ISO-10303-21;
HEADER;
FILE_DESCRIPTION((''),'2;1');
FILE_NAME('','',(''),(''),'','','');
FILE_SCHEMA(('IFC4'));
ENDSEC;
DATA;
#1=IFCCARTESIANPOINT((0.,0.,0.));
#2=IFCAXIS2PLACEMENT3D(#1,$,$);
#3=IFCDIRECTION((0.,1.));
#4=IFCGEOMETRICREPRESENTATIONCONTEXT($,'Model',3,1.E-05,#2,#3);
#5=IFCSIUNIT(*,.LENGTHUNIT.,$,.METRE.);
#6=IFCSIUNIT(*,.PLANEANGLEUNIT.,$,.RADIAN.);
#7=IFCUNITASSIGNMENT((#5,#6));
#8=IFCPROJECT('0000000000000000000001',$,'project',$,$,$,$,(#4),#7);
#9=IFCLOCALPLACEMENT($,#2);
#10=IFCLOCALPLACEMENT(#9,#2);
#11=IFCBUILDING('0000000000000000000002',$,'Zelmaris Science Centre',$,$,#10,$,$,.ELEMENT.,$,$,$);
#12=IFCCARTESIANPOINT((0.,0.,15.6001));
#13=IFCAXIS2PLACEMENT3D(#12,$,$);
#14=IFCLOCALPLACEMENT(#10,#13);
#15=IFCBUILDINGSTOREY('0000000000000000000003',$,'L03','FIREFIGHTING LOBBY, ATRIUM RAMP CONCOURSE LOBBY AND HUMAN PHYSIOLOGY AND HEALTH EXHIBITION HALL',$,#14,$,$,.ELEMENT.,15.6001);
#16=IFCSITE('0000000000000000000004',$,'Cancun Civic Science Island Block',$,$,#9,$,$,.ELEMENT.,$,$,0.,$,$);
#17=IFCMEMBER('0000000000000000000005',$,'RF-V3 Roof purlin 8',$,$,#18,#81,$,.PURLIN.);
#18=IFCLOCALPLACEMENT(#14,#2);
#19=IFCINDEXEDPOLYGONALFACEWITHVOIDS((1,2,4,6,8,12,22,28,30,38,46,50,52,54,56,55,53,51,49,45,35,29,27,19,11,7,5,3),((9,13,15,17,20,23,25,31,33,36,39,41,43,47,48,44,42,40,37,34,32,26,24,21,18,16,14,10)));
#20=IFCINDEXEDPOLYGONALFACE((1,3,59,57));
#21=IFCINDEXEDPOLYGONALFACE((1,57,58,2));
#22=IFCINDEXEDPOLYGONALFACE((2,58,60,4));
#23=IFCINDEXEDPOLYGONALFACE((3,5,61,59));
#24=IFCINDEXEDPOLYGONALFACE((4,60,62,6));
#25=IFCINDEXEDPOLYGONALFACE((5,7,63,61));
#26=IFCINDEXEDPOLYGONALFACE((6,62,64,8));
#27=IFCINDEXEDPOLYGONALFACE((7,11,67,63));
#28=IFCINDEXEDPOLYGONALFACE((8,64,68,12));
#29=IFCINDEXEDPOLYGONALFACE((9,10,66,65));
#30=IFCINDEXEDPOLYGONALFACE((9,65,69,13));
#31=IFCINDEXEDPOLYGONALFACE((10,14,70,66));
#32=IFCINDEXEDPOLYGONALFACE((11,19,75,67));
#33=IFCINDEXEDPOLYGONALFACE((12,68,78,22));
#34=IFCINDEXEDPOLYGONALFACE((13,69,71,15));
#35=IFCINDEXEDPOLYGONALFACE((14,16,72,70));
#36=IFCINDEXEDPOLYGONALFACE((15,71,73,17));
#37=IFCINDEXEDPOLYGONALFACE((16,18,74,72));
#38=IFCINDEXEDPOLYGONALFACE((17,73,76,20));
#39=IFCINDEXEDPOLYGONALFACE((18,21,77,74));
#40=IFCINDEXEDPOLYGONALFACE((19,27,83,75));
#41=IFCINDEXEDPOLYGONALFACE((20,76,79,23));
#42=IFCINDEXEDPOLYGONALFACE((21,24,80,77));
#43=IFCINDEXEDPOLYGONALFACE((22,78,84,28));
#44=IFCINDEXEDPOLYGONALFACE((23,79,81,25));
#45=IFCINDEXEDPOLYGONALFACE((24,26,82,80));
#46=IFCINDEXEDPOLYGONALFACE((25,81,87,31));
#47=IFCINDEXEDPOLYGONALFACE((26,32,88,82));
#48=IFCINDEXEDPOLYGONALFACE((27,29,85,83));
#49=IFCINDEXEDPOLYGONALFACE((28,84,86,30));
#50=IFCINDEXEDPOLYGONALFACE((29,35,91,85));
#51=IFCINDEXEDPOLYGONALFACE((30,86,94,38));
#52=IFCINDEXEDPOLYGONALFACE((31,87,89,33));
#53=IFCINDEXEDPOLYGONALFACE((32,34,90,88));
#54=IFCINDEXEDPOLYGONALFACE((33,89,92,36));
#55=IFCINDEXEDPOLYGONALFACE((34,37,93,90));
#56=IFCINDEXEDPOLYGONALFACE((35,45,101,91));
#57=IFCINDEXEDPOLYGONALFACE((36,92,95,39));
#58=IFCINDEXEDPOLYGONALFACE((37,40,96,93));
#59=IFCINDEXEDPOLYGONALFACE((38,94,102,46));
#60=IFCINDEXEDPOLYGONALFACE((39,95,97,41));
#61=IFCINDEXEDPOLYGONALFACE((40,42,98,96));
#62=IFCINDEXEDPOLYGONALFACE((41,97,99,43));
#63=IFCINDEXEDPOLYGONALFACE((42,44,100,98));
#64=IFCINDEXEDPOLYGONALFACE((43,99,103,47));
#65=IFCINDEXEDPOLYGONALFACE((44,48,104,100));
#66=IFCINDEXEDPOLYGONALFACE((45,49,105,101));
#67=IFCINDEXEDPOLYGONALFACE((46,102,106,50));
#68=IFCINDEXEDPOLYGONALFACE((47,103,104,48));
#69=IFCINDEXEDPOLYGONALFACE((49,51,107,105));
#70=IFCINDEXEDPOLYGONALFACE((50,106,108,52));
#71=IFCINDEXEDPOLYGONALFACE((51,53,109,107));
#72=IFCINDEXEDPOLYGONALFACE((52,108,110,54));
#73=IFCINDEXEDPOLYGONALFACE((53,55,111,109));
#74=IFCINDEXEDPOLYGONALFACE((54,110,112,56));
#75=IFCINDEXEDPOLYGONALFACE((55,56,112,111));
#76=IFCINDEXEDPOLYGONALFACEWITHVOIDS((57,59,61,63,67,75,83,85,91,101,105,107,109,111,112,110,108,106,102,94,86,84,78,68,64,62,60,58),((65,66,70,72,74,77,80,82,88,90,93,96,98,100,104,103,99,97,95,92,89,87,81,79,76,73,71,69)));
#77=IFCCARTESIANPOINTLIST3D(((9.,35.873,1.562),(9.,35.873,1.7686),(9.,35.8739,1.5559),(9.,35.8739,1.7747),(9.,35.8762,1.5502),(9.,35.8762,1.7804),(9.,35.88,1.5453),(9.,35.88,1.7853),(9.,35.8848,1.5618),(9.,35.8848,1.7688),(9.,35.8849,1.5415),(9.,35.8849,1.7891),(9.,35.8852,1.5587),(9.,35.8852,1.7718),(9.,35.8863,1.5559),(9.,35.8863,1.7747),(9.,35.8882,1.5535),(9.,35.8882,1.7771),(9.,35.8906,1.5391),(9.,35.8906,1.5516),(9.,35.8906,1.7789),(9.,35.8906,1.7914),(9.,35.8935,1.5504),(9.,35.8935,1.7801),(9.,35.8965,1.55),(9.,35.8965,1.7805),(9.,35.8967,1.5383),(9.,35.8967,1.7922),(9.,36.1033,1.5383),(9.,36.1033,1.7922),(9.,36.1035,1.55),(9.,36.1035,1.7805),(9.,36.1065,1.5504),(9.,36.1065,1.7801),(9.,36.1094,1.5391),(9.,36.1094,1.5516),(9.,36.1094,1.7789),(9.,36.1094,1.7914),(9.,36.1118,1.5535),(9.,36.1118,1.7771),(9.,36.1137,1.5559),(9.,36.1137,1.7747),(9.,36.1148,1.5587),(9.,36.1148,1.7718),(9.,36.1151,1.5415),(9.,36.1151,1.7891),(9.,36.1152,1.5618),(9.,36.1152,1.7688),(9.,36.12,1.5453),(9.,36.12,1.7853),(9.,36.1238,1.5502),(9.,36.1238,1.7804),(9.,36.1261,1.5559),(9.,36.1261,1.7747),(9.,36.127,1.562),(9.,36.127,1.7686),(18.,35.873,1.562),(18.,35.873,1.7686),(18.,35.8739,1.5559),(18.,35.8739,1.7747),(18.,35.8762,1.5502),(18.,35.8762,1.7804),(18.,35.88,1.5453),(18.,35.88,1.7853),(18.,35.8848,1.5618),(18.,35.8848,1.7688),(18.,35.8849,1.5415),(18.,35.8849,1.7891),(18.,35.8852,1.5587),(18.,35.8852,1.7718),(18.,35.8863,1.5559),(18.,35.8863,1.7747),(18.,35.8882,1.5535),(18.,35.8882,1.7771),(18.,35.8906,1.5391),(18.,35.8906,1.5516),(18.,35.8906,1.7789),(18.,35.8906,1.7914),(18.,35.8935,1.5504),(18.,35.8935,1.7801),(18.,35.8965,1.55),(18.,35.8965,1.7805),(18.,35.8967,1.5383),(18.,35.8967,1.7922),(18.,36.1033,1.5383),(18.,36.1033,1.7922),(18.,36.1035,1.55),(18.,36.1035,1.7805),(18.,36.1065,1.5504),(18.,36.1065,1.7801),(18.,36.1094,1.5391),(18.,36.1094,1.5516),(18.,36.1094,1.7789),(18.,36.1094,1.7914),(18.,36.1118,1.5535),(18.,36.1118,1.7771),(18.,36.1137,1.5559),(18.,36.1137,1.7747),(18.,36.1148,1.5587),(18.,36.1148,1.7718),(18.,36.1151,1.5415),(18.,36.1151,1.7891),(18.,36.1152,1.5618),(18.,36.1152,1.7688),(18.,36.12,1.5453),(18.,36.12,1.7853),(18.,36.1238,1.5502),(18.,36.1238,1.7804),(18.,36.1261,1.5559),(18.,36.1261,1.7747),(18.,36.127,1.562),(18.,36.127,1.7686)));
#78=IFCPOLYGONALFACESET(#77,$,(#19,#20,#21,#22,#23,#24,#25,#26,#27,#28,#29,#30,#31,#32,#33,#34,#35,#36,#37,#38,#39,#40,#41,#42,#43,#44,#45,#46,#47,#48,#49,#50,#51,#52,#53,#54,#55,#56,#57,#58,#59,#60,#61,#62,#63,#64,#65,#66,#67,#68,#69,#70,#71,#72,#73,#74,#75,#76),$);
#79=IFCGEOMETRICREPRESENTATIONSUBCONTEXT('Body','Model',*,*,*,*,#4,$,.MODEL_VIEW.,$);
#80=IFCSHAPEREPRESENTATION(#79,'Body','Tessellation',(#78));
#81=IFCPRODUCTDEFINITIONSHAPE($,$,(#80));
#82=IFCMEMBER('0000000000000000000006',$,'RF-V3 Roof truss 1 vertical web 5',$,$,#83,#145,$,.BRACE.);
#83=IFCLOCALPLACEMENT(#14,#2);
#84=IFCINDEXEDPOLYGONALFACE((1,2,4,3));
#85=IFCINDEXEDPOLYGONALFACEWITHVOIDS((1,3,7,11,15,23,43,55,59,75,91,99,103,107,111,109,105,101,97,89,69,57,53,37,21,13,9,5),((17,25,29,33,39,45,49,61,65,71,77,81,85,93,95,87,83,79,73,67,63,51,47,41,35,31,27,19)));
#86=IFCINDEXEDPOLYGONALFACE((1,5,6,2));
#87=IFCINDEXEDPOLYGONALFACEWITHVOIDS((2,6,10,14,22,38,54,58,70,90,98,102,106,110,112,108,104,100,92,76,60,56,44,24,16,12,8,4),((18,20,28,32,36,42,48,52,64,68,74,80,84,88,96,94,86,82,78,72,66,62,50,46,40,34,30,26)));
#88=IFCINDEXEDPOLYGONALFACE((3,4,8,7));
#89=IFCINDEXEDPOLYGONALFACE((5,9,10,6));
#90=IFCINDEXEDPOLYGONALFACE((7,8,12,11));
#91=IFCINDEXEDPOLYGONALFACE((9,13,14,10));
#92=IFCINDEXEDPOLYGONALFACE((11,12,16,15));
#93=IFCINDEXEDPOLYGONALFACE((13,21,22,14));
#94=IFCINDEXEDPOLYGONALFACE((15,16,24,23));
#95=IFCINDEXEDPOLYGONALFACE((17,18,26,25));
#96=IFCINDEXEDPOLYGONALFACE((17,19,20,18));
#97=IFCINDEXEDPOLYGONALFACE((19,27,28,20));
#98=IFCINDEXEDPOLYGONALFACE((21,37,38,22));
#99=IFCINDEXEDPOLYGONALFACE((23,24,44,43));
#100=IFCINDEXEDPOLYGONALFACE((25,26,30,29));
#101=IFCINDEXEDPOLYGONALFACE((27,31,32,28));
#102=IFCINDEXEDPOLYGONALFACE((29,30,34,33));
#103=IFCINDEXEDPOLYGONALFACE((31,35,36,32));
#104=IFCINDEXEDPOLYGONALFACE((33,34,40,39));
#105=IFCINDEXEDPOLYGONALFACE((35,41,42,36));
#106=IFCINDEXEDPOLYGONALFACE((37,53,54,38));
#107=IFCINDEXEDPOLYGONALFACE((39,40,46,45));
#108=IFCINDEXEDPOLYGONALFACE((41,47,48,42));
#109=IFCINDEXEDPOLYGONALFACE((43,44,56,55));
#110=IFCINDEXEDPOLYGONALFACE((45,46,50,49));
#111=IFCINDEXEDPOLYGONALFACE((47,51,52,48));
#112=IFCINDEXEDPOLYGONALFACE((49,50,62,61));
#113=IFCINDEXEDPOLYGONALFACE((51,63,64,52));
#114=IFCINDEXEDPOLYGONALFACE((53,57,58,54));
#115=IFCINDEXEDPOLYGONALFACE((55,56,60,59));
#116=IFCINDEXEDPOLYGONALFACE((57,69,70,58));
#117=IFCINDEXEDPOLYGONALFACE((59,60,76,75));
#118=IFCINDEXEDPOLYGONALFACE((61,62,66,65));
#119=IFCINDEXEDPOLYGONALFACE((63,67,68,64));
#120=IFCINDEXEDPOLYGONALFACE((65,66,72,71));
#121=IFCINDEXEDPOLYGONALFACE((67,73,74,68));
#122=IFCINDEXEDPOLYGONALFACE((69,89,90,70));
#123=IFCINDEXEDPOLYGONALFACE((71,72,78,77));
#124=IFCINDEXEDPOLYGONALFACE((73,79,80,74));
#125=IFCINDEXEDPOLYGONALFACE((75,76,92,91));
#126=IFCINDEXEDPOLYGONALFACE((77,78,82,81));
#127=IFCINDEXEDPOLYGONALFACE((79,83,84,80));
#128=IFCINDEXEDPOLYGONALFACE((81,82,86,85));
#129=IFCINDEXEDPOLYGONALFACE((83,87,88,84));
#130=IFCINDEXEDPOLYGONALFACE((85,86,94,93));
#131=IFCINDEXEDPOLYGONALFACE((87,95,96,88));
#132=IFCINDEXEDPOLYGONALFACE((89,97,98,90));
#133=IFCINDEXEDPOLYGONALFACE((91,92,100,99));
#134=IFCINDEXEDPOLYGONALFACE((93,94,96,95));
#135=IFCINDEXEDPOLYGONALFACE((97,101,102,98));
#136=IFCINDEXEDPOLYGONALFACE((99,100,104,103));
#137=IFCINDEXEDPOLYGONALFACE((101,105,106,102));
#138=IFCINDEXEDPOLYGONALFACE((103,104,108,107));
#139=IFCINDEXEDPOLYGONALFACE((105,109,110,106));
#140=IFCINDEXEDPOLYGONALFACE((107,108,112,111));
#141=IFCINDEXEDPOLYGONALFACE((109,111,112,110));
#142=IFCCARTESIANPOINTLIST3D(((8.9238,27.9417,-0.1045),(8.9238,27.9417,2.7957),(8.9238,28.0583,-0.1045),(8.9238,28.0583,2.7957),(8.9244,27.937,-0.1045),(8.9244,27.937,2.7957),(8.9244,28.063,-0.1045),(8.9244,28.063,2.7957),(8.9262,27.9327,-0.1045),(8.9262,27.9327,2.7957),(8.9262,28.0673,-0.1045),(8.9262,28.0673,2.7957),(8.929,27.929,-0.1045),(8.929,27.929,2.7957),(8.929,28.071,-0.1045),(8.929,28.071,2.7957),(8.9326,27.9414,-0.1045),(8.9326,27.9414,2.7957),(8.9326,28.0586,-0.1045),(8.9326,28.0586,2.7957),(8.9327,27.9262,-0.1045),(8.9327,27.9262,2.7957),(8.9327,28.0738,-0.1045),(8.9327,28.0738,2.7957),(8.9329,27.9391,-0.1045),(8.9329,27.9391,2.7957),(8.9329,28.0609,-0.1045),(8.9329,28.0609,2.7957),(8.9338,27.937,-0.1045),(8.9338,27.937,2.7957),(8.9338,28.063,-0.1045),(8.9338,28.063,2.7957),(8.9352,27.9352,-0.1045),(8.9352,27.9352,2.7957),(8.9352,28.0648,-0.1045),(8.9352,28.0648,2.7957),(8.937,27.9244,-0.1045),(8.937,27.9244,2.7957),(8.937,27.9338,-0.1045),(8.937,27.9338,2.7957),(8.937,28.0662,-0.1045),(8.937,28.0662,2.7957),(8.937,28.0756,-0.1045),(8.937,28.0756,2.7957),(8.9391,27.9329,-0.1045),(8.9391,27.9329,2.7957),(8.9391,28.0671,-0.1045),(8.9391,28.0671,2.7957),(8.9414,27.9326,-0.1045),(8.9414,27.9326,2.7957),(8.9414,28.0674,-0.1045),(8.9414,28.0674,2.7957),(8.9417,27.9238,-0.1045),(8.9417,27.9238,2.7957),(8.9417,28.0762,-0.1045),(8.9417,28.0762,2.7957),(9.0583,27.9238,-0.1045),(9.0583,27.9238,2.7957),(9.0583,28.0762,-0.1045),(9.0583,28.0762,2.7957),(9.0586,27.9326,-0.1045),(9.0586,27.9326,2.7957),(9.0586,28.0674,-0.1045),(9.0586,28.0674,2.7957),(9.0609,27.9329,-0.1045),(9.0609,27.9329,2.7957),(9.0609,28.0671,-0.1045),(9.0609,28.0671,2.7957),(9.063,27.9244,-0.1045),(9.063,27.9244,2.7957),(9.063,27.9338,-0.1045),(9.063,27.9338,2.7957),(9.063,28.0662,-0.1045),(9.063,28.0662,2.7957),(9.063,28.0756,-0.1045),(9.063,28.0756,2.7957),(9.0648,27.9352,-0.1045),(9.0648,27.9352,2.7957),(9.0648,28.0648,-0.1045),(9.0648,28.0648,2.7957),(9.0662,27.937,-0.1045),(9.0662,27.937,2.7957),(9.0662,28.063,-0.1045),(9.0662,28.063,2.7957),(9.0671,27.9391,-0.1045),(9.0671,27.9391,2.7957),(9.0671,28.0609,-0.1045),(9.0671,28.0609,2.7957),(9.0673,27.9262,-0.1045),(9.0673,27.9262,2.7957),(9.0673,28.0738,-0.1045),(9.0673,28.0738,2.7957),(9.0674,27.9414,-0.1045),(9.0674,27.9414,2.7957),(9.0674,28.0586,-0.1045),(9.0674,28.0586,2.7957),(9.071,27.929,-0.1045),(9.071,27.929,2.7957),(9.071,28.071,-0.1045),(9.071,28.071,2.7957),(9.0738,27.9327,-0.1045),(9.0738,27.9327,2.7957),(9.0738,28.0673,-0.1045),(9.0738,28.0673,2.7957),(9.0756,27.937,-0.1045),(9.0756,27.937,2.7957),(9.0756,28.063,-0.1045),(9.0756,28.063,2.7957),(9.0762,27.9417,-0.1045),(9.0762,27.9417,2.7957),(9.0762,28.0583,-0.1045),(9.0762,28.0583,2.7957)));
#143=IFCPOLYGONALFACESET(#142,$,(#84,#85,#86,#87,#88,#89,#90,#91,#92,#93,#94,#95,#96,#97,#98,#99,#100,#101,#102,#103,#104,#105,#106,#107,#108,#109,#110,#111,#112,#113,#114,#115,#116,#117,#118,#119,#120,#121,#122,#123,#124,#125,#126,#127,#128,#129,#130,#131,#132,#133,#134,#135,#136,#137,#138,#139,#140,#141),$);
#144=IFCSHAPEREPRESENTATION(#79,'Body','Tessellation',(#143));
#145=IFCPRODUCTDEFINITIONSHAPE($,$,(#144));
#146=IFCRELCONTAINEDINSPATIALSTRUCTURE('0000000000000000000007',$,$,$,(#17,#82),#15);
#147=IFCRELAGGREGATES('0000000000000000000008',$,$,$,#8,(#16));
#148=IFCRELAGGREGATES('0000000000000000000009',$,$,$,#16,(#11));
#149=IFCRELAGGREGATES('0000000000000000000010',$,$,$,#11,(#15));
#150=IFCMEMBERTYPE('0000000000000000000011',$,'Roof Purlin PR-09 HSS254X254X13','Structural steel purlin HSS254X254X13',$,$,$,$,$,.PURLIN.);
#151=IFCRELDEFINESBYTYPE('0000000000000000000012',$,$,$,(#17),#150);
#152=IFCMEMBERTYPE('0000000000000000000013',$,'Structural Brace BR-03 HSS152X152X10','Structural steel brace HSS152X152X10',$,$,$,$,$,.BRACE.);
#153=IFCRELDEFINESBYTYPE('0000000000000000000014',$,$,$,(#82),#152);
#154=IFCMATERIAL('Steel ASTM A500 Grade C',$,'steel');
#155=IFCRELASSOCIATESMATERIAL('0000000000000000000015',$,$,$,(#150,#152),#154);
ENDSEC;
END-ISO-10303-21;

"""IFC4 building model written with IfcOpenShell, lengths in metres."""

from ifc_helpers import new_model, si_unit, direction, frame, origin, origin_2d, place, context, subcontext, project, spatial, hollow_rectangle, extrude, material, material_profile, profile_set, type_object, element, save


model = new_model("IFC4")

# Units and contexts
model_context = context("Model", 3, precision=1e-05, world=origin(), true_north=direction((0.0, 1.0)))
body_context = subcontext(model_context, "Body", "Model", "MODEL_VIEW")
ifc_project = project(units=[si_unit("LENGTHUNIT", "METRE"), si_unit("PLANEANGLEUNIT", "RADIAN")], contexts=[model_context])

# Site, building, storey
site_placement = place(None, origin())
site = spatial("IfcSite", under=ifc_project, at=site_placement, Name="Cancun Civic Science Island Block", CompositionType="ELEMENT", RefElevation=0.0)
building_placement = place(site_placement, origin())
building = spatial("IfcBuilding", under=site, at=building_placement, Name="Zelmaris Science Centre", CompositionType="ELEMENT")
storey_placement = place(building_placement, frame((0.0, 0.0, 15.6001)))
storey = spatial("IfcBuildingStorey", under=building, at=storey_placement, Name="L03", Description="FIREFIGHTING LOBBY, ATRIUM RAMP CONCOURSE LOBBY AND HUMAN PHYSIOLOGY AND HEALTH EXHIBITION HALL", CompositionType="ELEMENT", Elevation=15.6001)

# Shared definitions
ifc_material_1 = material(Name="Steel ASTM A500 Grade C", Category="steel")

# Members
ifc_material_profile_1 = material_profile(ifc_material_1, hollow_rectangle(XDim=0.2539, YDim=0.2539, WallThickness=0.0117, InnerFilletRadius=0.0117, OuterFilletRadius=0.0237, at=origin_2d()), Name="HSS254X254X13")
ifc_profile_set_1 = profile_set([ifc_material_profile_1], Name="Steel ASTM A500 Grade C")
member_type_1 = type_object("IfcMemberType", Name="Roof Purlin PR-09 HSS254X254X13", Description="Structural steel purlin HSS254X254X13", PredefinedType="PURLIN", material=ifc_profile_set_1)
member_1_placement = place(storey_placement, frame((9.0, 36.0, 1.6653), z_axis=(1.0, 0.0, 0.0), x_axis=(0.0, 1.0, 0.0)))
element("IfcMember", 1, at=member_1_placement, inside=storey, type_object=member_type_1, Name="RF-V3 Roof purlin 8", PredefinedType="PURLIN", context=body_context, shape_type="SweptSolid", body=[
    extrude(hollow_rectangle(XDim=0.2539, YDim=0.2539, WallThickness=0.0117, InnerFilletRadius=0.0117, OuterFilletRadius=0.0237, at=origin_2d()), origin(), (0.0, 0.0, 1.0), 9.0),
])
ifc_material_profile_2 = material_profile(ifc_material_1, hollow_rectangle(XDim=0.1523, YDim=0.1523, WallThickness=0.0088, InnerFilletRadius=0.0088, OuterFilletRadius=0.0178, at=origin_2d()), Name="HSS152X152X10")
ifc_profile_set_2 = profile_set([ifc_material_profile_2], Name="Steel ASTM A500 Grade C")
member_type_2 = type_object("IfcMemberType", Name="Structural Brace BR-03 HSS152X152X10", Description="Structural steel brace HSS152X152X10", PredefinedType="BRACE", material=ifc_profile_set_2)
member_2_placement = place(storey_placement, frame((9.0, 28.0, -0.1045), z_axis=(0.0, 0.0, 1.0), x_axis=(1.0, 0.0, 0.0)))
element("IfcMember", 2, at=member_2_placement, inside=storey, type_object=member_type_2, Name="RF-V3 Roof truss 1 vertical web 5", PredefinedType="BRACE", context=body_context, shape_type="SweptSolid", body=[
    extrude(hollow_rectangle(XDim=0.1523, YDim=0.1523, WallThickness=0.0088, InnerFilletRadius=0.0088, OuterFilletRadius=0.0178, at=origin_2d()), origin(), (0.0, 0.0, 1.0), 2.9001),
])

save(model, "model.ifc")
